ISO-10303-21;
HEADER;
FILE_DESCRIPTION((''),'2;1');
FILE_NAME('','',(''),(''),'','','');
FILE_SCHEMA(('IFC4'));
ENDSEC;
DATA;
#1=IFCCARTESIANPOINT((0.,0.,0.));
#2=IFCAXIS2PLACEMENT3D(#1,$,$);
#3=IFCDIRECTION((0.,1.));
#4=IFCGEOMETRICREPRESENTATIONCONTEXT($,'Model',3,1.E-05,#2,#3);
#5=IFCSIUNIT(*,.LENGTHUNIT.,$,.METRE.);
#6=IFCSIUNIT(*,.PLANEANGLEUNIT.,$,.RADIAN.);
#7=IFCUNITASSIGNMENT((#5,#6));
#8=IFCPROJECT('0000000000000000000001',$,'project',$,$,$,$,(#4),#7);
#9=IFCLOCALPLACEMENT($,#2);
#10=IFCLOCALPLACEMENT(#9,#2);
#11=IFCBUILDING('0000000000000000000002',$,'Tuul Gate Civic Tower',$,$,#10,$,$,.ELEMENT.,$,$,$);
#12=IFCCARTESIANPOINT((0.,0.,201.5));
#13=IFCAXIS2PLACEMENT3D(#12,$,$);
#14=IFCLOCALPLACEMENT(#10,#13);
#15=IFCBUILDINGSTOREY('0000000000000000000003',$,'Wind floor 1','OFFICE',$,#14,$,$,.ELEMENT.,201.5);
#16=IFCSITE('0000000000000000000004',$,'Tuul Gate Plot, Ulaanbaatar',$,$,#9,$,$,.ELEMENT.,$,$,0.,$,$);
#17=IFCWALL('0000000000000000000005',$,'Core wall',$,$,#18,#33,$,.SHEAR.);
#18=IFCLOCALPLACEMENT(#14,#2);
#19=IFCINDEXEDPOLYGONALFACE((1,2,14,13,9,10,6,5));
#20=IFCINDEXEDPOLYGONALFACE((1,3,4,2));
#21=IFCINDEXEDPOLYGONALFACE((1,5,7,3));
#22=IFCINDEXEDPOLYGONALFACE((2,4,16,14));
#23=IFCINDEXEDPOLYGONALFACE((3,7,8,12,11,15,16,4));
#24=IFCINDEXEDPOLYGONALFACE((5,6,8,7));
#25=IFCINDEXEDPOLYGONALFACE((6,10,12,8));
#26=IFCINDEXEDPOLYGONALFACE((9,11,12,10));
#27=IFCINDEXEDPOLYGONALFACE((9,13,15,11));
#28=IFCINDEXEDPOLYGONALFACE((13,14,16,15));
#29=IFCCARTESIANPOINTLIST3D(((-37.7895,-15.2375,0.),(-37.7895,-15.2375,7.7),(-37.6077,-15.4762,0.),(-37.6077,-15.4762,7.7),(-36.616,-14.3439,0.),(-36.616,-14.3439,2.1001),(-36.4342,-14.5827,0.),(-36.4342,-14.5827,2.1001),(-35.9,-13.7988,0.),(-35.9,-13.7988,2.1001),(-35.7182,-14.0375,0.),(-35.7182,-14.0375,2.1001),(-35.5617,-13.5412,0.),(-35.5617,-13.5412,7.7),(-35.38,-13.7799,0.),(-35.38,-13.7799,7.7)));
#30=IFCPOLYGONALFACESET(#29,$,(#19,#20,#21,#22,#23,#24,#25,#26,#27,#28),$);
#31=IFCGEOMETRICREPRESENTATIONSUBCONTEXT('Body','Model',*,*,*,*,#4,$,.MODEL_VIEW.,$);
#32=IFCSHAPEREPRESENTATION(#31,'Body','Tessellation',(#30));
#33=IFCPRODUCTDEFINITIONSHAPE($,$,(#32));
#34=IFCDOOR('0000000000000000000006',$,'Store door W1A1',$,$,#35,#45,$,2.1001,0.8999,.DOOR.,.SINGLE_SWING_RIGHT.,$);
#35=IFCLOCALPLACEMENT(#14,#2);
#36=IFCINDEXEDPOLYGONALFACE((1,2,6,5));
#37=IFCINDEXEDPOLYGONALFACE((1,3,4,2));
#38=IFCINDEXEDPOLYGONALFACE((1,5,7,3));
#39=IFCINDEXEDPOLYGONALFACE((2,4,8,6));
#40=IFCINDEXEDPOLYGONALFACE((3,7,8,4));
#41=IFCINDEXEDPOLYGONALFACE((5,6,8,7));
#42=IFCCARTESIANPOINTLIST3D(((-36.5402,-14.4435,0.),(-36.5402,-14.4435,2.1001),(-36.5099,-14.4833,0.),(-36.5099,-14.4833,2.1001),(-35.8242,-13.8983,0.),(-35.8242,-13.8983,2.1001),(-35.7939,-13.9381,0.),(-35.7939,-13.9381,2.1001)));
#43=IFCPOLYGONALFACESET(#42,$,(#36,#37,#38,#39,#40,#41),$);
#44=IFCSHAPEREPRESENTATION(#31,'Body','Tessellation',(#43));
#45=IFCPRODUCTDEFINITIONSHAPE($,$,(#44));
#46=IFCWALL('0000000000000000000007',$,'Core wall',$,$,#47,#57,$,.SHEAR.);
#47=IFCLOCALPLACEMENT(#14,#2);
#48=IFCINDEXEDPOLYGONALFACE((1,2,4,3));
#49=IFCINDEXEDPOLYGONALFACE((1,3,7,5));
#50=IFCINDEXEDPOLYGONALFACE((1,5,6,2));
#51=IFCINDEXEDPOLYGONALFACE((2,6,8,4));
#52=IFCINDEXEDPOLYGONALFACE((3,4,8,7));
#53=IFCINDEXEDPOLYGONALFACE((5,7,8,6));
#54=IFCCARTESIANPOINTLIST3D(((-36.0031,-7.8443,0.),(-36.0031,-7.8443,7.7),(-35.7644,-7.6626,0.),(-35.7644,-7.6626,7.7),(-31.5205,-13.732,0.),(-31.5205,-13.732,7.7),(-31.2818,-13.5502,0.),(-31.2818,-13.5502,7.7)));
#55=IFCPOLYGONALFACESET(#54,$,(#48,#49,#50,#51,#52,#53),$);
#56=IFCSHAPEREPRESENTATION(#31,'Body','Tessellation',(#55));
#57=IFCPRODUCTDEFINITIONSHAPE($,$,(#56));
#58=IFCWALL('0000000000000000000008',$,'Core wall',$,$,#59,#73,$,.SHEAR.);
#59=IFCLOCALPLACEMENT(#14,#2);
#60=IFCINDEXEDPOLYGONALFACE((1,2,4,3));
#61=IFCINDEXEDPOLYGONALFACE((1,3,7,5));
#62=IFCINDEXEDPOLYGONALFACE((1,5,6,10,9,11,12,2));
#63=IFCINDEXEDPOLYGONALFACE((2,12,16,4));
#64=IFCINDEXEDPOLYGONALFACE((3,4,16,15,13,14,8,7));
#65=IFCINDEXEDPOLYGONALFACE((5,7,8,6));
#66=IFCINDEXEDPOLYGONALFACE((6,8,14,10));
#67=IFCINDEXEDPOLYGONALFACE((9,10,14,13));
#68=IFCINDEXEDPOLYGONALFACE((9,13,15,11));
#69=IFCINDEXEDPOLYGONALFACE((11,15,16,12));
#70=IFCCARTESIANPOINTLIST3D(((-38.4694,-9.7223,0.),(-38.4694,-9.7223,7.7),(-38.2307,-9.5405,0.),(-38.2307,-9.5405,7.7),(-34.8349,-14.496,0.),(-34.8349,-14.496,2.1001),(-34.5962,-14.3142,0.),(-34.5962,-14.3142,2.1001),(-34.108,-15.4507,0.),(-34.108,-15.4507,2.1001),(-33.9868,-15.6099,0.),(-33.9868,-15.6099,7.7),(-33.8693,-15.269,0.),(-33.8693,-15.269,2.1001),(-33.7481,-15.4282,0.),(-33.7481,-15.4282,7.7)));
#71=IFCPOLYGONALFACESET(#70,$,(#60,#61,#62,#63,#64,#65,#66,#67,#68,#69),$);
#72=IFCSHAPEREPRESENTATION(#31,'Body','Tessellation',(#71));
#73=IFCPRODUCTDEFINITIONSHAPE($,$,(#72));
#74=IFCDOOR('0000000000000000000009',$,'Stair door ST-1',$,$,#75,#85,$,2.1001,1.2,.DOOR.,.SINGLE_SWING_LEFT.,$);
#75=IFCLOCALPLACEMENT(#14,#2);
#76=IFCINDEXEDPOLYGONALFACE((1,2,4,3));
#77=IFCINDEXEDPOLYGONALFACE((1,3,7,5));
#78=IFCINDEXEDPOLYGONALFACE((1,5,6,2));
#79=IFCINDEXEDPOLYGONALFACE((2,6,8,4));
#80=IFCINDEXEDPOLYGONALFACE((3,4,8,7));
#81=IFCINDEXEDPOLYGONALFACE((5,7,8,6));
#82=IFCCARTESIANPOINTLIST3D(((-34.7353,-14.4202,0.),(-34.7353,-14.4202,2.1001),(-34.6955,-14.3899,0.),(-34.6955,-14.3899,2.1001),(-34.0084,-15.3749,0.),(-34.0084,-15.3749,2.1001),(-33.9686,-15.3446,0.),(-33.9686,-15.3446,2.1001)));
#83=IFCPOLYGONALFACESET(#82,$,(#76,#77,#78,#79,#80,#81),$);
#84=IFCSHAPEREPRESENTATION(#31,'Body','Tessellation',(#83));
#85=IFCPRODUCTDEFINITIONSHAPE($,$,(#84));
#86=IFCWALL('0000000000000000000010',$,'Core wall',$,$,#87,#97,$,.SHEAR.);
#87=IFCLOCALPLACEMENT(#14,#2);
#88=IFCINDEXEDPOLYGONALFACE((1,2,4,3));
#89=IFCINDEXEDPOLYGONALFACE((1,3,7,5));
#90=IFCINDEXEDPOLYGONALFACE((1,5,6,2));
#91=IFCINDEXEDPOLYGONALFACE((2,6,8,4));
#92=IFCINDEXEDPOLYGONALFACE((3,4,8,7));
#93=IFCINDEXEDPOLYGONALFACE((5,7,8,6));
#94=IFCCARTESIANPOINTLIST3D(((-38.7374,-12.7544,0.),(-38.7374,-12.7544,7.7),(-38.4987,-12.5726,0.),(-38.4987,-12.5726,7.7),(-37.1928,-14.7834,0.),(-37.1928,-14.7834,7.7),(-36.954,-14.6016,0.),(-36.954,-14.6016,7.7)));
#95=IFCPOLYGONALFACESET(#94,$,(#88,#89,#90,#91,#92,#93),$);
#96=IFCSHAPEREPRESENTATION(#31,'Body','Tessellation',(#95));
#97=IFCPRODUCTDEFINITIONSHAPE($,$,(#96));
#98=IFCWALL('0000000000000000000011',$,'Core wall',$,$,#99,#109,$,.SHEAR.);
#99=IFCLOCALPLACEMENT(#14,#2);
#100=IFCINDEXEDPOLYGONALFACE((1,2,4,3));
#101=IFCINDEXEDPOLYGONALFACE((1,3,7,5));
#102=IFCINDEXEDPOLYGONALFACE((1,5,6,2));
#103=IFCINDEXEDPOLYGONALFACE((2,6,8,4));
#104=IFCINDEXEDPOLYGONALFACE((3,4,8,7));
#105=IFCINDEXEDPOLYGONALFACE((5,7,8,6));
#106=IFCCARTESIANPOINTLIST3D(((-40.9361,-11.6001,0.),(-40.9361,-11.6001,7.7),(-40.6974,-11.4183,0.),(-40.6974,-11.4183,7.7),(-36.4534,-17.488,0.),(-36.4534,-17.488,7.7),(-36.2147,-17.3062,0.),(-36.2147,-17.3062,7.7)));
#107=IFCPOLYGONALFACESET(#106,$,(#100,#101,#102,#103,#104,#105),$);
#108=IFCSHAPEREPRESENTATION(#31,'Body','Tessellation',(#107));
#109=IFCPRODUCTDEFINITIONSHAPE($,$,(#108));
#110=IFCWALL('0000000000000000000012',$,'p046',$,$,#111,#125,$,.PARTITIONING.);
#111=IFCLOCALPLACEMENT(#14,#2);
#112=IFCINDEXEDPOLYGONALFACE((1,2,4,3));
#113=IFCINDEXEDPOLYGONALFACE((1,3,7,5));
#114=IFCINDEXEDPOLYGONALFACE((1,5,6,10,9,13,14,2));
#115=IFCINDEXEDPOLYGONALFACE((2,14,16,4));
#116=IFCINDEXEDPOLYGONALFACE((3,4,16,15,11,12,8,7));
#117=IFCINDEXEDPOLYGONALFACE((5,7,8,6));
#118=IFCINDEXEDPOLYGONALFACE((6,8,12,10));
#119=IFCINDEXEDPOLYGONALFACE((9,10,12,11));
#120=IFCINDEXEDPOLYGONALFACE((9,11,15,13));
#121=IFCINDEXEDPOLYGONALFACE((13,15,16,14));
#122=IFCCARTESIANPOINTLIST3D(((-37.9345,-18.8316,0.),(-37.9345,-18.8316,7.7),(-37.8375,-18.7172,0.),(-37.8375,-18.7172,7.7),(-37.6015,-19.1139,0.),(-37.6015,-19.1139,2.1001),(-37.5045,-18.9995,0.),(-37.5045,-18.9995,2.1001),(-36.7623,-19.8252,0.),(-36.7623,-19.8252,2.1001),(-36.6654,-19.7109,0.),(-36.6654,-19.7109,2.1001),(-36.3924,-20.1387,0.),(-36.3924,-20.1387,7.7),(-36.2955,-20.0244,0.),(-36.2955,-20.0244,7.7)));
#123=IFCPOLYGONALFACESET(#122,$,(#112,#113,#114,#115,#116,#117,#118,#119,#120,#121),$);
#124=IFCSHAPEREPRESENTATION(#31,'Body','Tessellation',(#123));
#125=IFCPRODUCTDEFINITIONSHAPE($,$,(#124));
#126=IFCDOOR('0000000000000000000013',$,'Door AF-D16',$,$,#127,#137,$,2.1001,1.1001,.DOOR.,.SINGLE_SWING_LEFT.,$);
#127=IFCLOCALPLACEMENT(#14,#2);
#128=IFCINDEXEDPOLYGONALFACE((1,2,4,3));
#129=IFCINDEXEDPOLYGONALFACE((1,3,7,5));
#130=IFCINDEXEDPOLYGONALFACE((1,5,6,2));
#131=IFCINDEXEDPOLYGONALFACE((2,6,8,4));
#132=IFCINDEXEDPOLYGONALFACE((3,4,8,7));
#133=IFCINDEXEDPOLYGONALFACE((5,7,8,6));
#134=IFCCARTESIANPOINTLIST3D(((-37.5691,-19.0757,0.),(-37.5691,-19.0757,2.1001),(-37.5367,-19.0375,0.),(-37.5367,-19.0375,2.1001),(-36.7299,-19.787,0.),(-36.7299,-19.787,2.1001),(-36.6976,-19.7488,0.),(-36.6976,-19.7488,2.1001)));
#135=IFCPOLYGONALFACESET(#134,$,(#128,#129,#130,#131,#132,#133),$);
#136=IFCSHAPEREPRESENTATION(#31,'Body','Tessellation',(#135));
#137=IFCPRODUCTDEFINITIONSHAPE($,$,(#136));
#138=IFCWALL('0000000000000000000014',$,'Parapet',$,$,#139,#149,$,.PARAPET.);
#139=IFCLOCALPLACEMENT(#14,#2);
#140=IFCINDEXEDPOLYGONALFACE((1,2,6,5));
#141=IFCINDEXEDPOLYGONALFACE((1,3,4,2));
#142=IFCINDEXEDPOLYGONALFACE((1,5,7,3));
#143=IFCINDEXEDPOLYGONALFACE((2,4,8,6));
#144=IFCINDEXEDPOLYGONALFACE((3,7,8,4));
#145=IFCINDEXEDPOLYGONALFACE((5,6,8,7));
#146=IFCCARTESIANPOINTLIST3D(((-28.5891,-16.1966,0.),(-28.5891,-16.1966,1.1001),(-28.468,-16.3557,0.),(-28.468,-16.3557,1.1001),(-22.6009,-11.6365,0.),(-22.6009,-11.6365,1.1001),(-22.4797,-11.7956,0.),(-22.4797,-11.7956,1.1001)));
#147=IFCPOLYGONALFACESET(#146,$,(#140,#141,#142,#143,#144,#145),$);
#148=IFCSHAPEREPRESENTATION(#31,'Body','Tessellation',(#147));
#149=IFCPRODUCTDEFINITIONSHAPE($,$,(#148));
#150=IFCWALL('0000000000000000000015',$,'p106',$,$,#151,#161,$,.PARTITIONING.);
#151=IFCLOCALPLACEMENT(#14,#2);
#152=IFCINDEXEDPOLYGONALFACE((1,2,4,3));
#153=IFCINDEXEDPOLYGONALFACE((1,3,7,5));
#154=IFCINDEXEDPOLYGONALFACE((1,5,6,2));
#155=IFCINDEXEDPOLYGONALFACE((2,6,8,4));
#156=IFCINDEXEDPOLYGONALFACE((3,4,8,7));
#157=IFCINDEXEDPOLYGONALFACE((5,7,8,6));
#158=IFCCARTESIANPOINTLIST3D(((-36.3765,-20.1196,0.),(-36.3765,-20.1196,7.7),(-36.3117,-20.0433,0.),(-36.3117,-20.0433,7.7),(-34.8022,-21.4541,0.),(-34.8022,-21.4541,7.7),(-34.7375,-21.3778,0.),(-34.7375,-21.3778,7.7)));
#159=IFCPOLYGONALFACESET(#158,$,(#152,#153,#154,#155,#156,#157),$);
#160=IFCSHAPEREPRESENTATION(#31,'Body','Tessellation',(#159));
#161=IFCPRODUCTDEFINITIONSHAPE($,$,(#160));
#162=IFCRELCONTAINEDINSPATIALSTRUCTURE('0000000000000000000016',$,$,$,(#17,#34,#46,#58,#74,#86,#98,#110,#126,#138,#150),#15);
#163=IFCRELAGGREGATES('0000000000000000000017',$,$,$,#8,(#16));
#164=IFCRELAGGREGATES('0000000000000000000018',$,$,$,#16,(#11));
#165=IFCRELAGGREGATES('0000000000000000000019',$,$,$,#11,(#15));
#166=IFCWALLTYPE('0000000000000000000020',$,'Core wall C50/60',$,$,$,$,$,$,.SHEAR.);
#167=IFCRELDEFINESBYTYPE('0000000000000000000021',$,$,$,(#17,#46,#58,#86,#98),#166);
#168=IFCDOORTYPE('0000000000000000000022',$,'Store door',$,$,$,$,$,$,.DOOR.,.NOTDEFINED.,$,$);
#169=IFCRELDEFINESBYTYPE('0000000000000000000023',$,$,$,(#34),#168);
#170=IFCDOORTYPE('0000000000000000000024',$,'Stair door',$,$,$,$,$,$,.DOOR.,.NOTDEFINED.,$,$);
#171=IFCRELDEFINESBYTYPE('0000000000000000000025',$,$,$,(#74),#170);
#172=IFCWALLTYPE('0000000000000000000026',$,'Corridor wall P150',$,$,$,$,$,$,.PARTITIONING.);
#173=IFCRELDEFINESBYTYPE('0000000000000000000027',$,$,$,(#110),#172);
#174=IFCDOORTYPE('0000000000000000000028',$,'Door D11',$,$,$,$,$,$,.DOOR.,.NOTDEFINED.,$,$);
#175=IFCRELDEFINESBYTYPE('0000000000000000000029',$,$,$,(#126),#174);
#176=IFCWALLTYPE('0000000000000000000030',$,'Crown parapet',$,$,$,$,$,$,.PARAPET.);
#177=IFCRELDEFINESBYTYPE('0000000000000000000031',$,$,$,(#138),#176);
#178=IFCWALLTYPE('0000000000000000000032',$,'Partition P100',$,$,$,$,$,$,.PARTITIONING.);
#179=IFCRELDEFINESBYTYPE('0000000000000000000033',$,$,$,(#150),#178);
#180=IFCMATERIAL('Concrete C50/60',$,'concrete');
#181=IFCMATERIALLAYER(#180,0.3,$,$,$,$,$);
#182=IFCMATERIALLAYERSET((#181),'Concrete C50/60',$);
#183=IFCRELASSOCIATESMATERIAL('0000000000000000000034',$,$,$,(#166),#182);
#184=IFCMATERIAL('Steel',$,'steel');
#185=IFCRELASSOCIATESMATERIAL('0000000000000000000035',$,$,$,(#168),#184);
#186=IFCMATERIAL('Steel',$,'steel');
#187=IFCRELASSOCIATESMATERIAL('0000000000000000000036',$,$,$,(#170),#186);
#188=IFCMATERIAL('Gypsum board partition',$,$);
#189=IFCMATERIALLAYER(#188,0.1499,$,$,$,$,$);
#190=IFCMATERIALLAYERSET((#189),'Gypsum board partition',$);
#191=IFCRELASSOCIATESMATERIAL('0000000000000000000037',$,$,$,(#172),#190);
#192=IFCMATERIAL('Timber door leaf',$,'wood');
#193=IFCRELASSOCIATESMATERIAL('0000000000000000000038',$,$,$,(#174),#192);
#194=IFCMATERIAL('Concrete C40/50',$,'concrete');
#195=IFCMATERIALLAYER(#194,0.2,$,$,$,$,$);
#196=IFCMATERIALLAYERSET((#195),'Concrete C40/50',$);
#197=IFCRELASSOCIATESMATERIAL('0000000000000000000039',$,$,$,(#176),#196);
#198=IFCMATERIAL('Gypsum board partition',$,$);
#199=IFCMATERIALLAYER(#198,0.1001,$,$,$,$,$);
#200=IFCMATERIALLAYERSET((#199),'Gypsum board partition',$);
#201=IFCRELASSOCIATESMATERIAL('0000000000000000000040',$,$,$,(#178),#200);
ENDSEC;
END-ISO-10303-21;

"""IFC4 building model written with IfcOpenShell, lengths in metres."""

from ifc_helpers import new_model, si_unit, direction, frame, frame_2d, origin, place, context, subcontext, project, spatial, rectangle, extrude, material, layer, layer_set, type_object, element, fill, save


model = new_model("IFC4")

# Units and contexts
model_context = context("Model", 3, precision=1e-05, world=origin(), true_north=direction((0.0, 1.0)))
body_context = subcontext(model_context, "Body", "Model", "MODEL_VIEW")
ifc_project = project(units=[si_unit("LENGTHUNIT", "METRE"), si_unit("PLANEANGLEUNIT", "RADIAN")], contexts=[model_context])

# Site, building, storey
site_placement = place(None, origin())
site = spatial("IfcSite", under=ifc_project, at=site_placement, Name="Tuul Gate Plot, Ulaanbaatar", CompositionType="ELEMENT", RefElevation=0.0)
building_placement = place(site_placement, origin())
building = spatial("IfcBuilding", under=site, at=building_placement, Name="Tuul Gate Civic Tower", CompositionType="ELEMENT")
storey_placement = place(building_placement, frame((0.0, 0.0, 201.5)))
storey = spatial("IfcBuildingStorey", under=building, at=storey_placement, Name="Wind floor 1", Description="OFFICE", CompositionType="ELEMENT", Elevation=201.5)

# Wall, opening, door
ifc_material_1 = material(Name="Concrete C50/60", Category="concrete")
ifc_layer_1 = layer(ifc_material_1, 0.3)
ifc_layer_set_1 = layer_set([ifc_layer_1], Name="Concrete C50/60")
wall_type_1 = type_object("IfcWallType", Name="Core wall C50/60", PredefinedType="SHEAR", material=ifc_layer_set_1)
wall_1_placement = place(storey_placement, frame((-35.4709, -13.6606, 0.0), z_axis=(0.0, 0.0, 1.0), x_axis=(-0.795616, -0.605802, 0.0)))
wall_1 = element("IfcWall", 1, at=wall_1_placement, inside=storey, type_object=wall_type_1, Name="Core wall", PredefinedType="SHEAR", context=body_context, shape_type="SweptSolid", body=[
    extrude(rectangle(XDim=2.8, YDim=0.3, at=frame_2d((1.3999, 0.0))), origin(), (0.0, 0.0, 1.0), 7.7),
])
opening_1_placement = place(wall_1_placement, frame((0.425, 0.0, 0.0)))
opening_1 = element("IfcOpeningElement", 2, at=opening_1_placement, cuts=wall_1, PredefinedType="OPENING", context=body_context, shape_type="SweptSolid", body=[
    extrude(rectangle(XDim=0.8999, YDim=2.1001, at=frame_2d((0.45, 1.05))), frame((0.0, 0.1602, 0.0), z_axis=(0.0, -1.0, 0.0), x_axis=(1.0, 0.0, 0.0)), (0.0, 0.0, 1.0), 0.3201),
])
ifc_material_2 = material(Name="Steel", Category="steel")
door_type_1 = type_object("IfcDoorType", Name="Store door", OperationType="NOTDEFINED", PredefinedType="DOOR", material=ifc_material_2)
door_1_placement = place(opening_1_placement, frame((0.8999, 0.0, 0.0), z_axis=(0.0, 0.0, 1.0), x_axis=(-1.0, 0.0, 0.0)))
door_1 = element("IfcDoor", 3, at=door_1_placement, inside=storey, type_object=door_type_1, Name="Store door W1A1", OperationType="SINGLE_SWING_RIGHT", OverallHeight=2.1001, OverallWidth=0.8999, PredefinedType="DOOR", context=body_context, shape_type="SweptSolid", body=[
    extrude(rectangle(XDim=0.8999, YDim=2.1001, at=frame_2d((0.45, 1.05))), frame((0.0, 0.0249, 0.0), z_axis=(0.0, -1.0, 0.0), x_axis=(1.0, 0.0, 0.0)), (0.0, 0.0, 1.0), 0.05),
])
fill(opening_1, door_1)

# Wall
wall_2_placement = place(storey_placement, frame((-31.4011, -13.6411, 0.0), z_axis=(0.0, 0.0, 1.0), x_axis=(-0.60577, 0.79564, 0.0)))
element("IfcWall", 4, at=wall_2_placement, inside=storey, type_object=wall_type_1, Name="Core wall", PredefinedType="SHEAR", context=body_context, shape_type="SweptSolid", body=[
    extrude(rectangle(XDim=7.3999, YDim=0.3, at=frame_2d((3.7, 0.0))), origin(), (0.0, 0.0, 1.0), 7.7),
])

# Wall, opening, door
wall_3_placement = place(storey_placement, frame((-33.8674, -15.519, 0.0), z_axis=(0.0, 0.0, 1.0), x_axis=(-0.60577, 0.79564, 0.0)))
wall_3 = element("IfcWall", 5, at=wall_3_placement, inside=storey, type_object=wall_type_1, Name="Core wall", PredefinedType="SHEAR", context=body_context, shape_type="SweptSolid", body=[
    extrude(rectangle(XDim=7.3999, YDim=0.3, at=frame_2d((3.7, 0.0))), origin(), (0.0, 0.0, 1.0), 7.7),
])
opening_2_placement = place(wall_3_placement, frame((0.2, 0.0, 0.0)))
opening_2 = element("IfcOpeningElement", 6, at=opening_2_placement, cuts=wall_3, PredefinedType="OPENING", context=body_context, shape_type="SweptSolid", body=[
    extrude(rectangle(XDim=1.2, YDim=2.1001, at=frame_2d((0.6001, 1.05))), frame((0.0, 0.1602, 0.0), z_axis=(0.0, -1.0, 0.0), x_axis=(1.0, 0.0, 0.0)), (0.0, 0.0, 1.0), 0.3201),
])
ifc_material_3 = material(Name="Steel", Category="steel")
door_type_2 = type_object("IfcDoorType", Name="Stair door", OperationType="NOTDEFINED", PredefinedType="DOOR", material=ifc_material_3)
door_2_placement = place(opening_2_placement, origin())
door_2 = element("IfcDoor", 7, at=door_2_placement, inside=storey, type_object=door_type_2, Name="Stair door ST-1", OperationType="SINGLE_SWING_LEFT", OverallHeight=2.1001, OverallWidth=1.2, PredefinedType="DOOR", context=body_context, shape_type="SweptSolid", body=[
    extrude(rectangle(XDim=1.2, YDim=2.1001, at=frame_2d((0.6001, 1.05))), frame((0.0, 0.0249, 0.0), z_axis=(0.0, -1.0, 0.0), x_axis=(1.0, 0.0, 0.0)), (0.0, 0.0, 1.0), 0.05),
])
fill(opening_2, door_2)

# Walls
wall_4_placement = place(storey_placement, frame((-37.0735, -14.6924, 0.0), z_axis=(0.0, 0.0, 1.0), x_axis=(-0.605729, 0.795671, 0.0)))
element("IfcWall", 8, at=wall_4_placement, inside=storey, type_object=wall_type_1, Name="Core wall", PredefinedType="SHEAR", context=body_context, shape_type="SweptSolid", body=[
    extrude(rectangle(XDim=2.55, YDim=0.3, at=frame_2d((1.2749, 0.0))), origin(), (0.0, 0.0, 1.0), 7.7),
])
wall_5_placement = place(storey_placement, frame((-36.334, -17.3972, 0.0), z_axis=(0.0, 0.0, 1.0), x_axis=(-0.605754, 0.795652, 0.0)))
element("IfcWall", 9, at=wall_5_placement, inside=storey, type_object=wall_type_1, Name="Core wall", PredefinedType="SHEAR", context=body_context, shape_type="SweptSolid", body=[
    extrude(rectangle(XDim=7.4001, YDim=0.3, at=frame_2d((3.7002, 0.0))), origin(), (0.0, 0.0, 1.0), 7.7),
])

# Wall, opening, door
ifc_material_4 = material(Name="Gypsum board partition")
ifc_layer_2 = layer(ifc_material_4, 0.1499)
ifc_layer_set_2 = layer_set([ifc_layer_2], Name="Gypsum board partition")
wall_type_2 = type_object("IfcWallType", Name="Corridor wall P150", PredefinedType="PARTITIONING", material=ifc_layer_set_2)
wall_6_placement = place(storey_placement, frame((-37.886, -18.7744, 0.0), z_axis=(0.0, 0.0, 1.0), x_axis=(0.762809, -0.646624, 0.0)))
wall_6 = element("IfcWall", 10, at=wall_6_placement, inside=storey, type_object=wall_type_2, Name="p046", PredefinedType="PARTITIONING", context=body_context, shape_type="SweptSolid", body=[
    extrude(rectangle(XDim=2.0215, YDim=0.1499, at=frame_2d((1.0107, 0.0))), origin(), (0.0, 0.0, 1.0), 7.7),
])
opening_3_placement = place(wall_6_placement, frame((0.4365, 0.0, 0.0)))
opening_3 = element("IfcOpeningElement", 11, at=opening_3_placement, cuts=wall_6, PredefinedType="OPENING", context=body_context, shape_type="SweptSolid", body=[
    extrude(rectangle(XDim=1.1001, YDim=2.1001, at=frame_2d((0.55, 1.05))), frame((0.0, 0.085, 0.0), z_axis=(0.0, -1.0, 0.0), x_axis=(1.0, 0.0, 0.0)), (0.0, 0.0, 1.0), 0.1699),
])
ifc_material_5 = material(Name="Timber door leaf", Category="wood")
door_type_3 = type_object("IfcDoorType", Name="Door D11", OperationType="NOTDEFINED", PredefinedType="DOOR", material=ifc_material_5)
door_3_placement = place(opening_3_placement, frame((1.1001, 0.0, 0.0), z_axis=(0.0, 0.0, 1.0), x_axis=(-1.0, 0.0, 0.0)))
door_3 = element("IfcDoor", 12, at=door_3_placement, inside=storey, type_object=door_type_3, Name="Door AF-D16", OperationType="SINGLE_SWING_LEFT", OverallHeight=2.1001, OverallWidth=1.1001, PredefinedType="DOOR", context=body_context, shape_type="SweptSolid", body=[
    extrude(rectangle(XDim=1.1001, YDim=2.1001, at=frame_2d((0.55, 1.05))), frame((0.0, 0.0249, 0.0), z_axis=(0.0, -1.0, 0.0), x_axis=(1.0, 0.0, 0.0)), (0.0, 0.0, 1.0), 0.05),
])
fill(opening_3, door_3)

# Walls
ifc_material_6 = material(Name="Concrete C40/50", Category="concrete")
ifc_layer_3 = layer(ifc_material_6, 0.2)
ifc_layer_set_3 = layer_set([ifc_layer_3], Name="Concrete C40/50")
wall_type_3 = type_object("IfcWallType", Name="Crown parapet", PredefinedType="PARAPET", material=ifc_layer_set_3)
wall_7_placement = place(storey_placement, frame((-28.5286, -16.2761, 0.0), z_axis=(0.0, 0.0, 1.0), x_axis=(0.795588, 0.605838, 0.0)))
element("IfcWall", 13, at=wall_7_placement, inside=storey, type_object=wall_type_3, Name="Parapet", PredefinedType="PARAPET", context=body_context, shape_type="SweptSolid", body=[
    extrude(rectangle(XDim=7.5269, YDim=0.2, at=frame_2d((3.7634, 0.0))), origin(), (0.0, 0.0, 1.0), 1.1001),
])
ifc_material_7 = material(Name="Gypsum board partition")
ifc_layer_4 = layer(ifc_material_7, 0.1001)
ifc_layer_set_4 = layer_set([ifc_layer_4], Name="Gypsum board partition")
wall_type_4 = type_object("IfcWallType", Name="Partition P100", PredefinedType="PARTITIONING", material=ifc_layer_set_4)
wall_8_placement = place(storey_placement, frame((-36.344, -20.0815, 0.0), z_axis=(0.0, 0.0, 1.0), x_axis=(0.762803, -0.646631, 0.0)))
element("IfcWall", 14, at=wall_8_placement, inside=storey, type_object=wall_type_4, Name="p106", PredefinedType="PARTITIONING", context=body_context, shape_type="SweptSolid", body=[
    extrude(rectangle(XDim=2.0637, YDim=0.1001, at=frame_2d((1.0317, 0.0))), origin(), (0.0, 0.0, 1.0), 7.7),
])

save(model, "model.ifc")
